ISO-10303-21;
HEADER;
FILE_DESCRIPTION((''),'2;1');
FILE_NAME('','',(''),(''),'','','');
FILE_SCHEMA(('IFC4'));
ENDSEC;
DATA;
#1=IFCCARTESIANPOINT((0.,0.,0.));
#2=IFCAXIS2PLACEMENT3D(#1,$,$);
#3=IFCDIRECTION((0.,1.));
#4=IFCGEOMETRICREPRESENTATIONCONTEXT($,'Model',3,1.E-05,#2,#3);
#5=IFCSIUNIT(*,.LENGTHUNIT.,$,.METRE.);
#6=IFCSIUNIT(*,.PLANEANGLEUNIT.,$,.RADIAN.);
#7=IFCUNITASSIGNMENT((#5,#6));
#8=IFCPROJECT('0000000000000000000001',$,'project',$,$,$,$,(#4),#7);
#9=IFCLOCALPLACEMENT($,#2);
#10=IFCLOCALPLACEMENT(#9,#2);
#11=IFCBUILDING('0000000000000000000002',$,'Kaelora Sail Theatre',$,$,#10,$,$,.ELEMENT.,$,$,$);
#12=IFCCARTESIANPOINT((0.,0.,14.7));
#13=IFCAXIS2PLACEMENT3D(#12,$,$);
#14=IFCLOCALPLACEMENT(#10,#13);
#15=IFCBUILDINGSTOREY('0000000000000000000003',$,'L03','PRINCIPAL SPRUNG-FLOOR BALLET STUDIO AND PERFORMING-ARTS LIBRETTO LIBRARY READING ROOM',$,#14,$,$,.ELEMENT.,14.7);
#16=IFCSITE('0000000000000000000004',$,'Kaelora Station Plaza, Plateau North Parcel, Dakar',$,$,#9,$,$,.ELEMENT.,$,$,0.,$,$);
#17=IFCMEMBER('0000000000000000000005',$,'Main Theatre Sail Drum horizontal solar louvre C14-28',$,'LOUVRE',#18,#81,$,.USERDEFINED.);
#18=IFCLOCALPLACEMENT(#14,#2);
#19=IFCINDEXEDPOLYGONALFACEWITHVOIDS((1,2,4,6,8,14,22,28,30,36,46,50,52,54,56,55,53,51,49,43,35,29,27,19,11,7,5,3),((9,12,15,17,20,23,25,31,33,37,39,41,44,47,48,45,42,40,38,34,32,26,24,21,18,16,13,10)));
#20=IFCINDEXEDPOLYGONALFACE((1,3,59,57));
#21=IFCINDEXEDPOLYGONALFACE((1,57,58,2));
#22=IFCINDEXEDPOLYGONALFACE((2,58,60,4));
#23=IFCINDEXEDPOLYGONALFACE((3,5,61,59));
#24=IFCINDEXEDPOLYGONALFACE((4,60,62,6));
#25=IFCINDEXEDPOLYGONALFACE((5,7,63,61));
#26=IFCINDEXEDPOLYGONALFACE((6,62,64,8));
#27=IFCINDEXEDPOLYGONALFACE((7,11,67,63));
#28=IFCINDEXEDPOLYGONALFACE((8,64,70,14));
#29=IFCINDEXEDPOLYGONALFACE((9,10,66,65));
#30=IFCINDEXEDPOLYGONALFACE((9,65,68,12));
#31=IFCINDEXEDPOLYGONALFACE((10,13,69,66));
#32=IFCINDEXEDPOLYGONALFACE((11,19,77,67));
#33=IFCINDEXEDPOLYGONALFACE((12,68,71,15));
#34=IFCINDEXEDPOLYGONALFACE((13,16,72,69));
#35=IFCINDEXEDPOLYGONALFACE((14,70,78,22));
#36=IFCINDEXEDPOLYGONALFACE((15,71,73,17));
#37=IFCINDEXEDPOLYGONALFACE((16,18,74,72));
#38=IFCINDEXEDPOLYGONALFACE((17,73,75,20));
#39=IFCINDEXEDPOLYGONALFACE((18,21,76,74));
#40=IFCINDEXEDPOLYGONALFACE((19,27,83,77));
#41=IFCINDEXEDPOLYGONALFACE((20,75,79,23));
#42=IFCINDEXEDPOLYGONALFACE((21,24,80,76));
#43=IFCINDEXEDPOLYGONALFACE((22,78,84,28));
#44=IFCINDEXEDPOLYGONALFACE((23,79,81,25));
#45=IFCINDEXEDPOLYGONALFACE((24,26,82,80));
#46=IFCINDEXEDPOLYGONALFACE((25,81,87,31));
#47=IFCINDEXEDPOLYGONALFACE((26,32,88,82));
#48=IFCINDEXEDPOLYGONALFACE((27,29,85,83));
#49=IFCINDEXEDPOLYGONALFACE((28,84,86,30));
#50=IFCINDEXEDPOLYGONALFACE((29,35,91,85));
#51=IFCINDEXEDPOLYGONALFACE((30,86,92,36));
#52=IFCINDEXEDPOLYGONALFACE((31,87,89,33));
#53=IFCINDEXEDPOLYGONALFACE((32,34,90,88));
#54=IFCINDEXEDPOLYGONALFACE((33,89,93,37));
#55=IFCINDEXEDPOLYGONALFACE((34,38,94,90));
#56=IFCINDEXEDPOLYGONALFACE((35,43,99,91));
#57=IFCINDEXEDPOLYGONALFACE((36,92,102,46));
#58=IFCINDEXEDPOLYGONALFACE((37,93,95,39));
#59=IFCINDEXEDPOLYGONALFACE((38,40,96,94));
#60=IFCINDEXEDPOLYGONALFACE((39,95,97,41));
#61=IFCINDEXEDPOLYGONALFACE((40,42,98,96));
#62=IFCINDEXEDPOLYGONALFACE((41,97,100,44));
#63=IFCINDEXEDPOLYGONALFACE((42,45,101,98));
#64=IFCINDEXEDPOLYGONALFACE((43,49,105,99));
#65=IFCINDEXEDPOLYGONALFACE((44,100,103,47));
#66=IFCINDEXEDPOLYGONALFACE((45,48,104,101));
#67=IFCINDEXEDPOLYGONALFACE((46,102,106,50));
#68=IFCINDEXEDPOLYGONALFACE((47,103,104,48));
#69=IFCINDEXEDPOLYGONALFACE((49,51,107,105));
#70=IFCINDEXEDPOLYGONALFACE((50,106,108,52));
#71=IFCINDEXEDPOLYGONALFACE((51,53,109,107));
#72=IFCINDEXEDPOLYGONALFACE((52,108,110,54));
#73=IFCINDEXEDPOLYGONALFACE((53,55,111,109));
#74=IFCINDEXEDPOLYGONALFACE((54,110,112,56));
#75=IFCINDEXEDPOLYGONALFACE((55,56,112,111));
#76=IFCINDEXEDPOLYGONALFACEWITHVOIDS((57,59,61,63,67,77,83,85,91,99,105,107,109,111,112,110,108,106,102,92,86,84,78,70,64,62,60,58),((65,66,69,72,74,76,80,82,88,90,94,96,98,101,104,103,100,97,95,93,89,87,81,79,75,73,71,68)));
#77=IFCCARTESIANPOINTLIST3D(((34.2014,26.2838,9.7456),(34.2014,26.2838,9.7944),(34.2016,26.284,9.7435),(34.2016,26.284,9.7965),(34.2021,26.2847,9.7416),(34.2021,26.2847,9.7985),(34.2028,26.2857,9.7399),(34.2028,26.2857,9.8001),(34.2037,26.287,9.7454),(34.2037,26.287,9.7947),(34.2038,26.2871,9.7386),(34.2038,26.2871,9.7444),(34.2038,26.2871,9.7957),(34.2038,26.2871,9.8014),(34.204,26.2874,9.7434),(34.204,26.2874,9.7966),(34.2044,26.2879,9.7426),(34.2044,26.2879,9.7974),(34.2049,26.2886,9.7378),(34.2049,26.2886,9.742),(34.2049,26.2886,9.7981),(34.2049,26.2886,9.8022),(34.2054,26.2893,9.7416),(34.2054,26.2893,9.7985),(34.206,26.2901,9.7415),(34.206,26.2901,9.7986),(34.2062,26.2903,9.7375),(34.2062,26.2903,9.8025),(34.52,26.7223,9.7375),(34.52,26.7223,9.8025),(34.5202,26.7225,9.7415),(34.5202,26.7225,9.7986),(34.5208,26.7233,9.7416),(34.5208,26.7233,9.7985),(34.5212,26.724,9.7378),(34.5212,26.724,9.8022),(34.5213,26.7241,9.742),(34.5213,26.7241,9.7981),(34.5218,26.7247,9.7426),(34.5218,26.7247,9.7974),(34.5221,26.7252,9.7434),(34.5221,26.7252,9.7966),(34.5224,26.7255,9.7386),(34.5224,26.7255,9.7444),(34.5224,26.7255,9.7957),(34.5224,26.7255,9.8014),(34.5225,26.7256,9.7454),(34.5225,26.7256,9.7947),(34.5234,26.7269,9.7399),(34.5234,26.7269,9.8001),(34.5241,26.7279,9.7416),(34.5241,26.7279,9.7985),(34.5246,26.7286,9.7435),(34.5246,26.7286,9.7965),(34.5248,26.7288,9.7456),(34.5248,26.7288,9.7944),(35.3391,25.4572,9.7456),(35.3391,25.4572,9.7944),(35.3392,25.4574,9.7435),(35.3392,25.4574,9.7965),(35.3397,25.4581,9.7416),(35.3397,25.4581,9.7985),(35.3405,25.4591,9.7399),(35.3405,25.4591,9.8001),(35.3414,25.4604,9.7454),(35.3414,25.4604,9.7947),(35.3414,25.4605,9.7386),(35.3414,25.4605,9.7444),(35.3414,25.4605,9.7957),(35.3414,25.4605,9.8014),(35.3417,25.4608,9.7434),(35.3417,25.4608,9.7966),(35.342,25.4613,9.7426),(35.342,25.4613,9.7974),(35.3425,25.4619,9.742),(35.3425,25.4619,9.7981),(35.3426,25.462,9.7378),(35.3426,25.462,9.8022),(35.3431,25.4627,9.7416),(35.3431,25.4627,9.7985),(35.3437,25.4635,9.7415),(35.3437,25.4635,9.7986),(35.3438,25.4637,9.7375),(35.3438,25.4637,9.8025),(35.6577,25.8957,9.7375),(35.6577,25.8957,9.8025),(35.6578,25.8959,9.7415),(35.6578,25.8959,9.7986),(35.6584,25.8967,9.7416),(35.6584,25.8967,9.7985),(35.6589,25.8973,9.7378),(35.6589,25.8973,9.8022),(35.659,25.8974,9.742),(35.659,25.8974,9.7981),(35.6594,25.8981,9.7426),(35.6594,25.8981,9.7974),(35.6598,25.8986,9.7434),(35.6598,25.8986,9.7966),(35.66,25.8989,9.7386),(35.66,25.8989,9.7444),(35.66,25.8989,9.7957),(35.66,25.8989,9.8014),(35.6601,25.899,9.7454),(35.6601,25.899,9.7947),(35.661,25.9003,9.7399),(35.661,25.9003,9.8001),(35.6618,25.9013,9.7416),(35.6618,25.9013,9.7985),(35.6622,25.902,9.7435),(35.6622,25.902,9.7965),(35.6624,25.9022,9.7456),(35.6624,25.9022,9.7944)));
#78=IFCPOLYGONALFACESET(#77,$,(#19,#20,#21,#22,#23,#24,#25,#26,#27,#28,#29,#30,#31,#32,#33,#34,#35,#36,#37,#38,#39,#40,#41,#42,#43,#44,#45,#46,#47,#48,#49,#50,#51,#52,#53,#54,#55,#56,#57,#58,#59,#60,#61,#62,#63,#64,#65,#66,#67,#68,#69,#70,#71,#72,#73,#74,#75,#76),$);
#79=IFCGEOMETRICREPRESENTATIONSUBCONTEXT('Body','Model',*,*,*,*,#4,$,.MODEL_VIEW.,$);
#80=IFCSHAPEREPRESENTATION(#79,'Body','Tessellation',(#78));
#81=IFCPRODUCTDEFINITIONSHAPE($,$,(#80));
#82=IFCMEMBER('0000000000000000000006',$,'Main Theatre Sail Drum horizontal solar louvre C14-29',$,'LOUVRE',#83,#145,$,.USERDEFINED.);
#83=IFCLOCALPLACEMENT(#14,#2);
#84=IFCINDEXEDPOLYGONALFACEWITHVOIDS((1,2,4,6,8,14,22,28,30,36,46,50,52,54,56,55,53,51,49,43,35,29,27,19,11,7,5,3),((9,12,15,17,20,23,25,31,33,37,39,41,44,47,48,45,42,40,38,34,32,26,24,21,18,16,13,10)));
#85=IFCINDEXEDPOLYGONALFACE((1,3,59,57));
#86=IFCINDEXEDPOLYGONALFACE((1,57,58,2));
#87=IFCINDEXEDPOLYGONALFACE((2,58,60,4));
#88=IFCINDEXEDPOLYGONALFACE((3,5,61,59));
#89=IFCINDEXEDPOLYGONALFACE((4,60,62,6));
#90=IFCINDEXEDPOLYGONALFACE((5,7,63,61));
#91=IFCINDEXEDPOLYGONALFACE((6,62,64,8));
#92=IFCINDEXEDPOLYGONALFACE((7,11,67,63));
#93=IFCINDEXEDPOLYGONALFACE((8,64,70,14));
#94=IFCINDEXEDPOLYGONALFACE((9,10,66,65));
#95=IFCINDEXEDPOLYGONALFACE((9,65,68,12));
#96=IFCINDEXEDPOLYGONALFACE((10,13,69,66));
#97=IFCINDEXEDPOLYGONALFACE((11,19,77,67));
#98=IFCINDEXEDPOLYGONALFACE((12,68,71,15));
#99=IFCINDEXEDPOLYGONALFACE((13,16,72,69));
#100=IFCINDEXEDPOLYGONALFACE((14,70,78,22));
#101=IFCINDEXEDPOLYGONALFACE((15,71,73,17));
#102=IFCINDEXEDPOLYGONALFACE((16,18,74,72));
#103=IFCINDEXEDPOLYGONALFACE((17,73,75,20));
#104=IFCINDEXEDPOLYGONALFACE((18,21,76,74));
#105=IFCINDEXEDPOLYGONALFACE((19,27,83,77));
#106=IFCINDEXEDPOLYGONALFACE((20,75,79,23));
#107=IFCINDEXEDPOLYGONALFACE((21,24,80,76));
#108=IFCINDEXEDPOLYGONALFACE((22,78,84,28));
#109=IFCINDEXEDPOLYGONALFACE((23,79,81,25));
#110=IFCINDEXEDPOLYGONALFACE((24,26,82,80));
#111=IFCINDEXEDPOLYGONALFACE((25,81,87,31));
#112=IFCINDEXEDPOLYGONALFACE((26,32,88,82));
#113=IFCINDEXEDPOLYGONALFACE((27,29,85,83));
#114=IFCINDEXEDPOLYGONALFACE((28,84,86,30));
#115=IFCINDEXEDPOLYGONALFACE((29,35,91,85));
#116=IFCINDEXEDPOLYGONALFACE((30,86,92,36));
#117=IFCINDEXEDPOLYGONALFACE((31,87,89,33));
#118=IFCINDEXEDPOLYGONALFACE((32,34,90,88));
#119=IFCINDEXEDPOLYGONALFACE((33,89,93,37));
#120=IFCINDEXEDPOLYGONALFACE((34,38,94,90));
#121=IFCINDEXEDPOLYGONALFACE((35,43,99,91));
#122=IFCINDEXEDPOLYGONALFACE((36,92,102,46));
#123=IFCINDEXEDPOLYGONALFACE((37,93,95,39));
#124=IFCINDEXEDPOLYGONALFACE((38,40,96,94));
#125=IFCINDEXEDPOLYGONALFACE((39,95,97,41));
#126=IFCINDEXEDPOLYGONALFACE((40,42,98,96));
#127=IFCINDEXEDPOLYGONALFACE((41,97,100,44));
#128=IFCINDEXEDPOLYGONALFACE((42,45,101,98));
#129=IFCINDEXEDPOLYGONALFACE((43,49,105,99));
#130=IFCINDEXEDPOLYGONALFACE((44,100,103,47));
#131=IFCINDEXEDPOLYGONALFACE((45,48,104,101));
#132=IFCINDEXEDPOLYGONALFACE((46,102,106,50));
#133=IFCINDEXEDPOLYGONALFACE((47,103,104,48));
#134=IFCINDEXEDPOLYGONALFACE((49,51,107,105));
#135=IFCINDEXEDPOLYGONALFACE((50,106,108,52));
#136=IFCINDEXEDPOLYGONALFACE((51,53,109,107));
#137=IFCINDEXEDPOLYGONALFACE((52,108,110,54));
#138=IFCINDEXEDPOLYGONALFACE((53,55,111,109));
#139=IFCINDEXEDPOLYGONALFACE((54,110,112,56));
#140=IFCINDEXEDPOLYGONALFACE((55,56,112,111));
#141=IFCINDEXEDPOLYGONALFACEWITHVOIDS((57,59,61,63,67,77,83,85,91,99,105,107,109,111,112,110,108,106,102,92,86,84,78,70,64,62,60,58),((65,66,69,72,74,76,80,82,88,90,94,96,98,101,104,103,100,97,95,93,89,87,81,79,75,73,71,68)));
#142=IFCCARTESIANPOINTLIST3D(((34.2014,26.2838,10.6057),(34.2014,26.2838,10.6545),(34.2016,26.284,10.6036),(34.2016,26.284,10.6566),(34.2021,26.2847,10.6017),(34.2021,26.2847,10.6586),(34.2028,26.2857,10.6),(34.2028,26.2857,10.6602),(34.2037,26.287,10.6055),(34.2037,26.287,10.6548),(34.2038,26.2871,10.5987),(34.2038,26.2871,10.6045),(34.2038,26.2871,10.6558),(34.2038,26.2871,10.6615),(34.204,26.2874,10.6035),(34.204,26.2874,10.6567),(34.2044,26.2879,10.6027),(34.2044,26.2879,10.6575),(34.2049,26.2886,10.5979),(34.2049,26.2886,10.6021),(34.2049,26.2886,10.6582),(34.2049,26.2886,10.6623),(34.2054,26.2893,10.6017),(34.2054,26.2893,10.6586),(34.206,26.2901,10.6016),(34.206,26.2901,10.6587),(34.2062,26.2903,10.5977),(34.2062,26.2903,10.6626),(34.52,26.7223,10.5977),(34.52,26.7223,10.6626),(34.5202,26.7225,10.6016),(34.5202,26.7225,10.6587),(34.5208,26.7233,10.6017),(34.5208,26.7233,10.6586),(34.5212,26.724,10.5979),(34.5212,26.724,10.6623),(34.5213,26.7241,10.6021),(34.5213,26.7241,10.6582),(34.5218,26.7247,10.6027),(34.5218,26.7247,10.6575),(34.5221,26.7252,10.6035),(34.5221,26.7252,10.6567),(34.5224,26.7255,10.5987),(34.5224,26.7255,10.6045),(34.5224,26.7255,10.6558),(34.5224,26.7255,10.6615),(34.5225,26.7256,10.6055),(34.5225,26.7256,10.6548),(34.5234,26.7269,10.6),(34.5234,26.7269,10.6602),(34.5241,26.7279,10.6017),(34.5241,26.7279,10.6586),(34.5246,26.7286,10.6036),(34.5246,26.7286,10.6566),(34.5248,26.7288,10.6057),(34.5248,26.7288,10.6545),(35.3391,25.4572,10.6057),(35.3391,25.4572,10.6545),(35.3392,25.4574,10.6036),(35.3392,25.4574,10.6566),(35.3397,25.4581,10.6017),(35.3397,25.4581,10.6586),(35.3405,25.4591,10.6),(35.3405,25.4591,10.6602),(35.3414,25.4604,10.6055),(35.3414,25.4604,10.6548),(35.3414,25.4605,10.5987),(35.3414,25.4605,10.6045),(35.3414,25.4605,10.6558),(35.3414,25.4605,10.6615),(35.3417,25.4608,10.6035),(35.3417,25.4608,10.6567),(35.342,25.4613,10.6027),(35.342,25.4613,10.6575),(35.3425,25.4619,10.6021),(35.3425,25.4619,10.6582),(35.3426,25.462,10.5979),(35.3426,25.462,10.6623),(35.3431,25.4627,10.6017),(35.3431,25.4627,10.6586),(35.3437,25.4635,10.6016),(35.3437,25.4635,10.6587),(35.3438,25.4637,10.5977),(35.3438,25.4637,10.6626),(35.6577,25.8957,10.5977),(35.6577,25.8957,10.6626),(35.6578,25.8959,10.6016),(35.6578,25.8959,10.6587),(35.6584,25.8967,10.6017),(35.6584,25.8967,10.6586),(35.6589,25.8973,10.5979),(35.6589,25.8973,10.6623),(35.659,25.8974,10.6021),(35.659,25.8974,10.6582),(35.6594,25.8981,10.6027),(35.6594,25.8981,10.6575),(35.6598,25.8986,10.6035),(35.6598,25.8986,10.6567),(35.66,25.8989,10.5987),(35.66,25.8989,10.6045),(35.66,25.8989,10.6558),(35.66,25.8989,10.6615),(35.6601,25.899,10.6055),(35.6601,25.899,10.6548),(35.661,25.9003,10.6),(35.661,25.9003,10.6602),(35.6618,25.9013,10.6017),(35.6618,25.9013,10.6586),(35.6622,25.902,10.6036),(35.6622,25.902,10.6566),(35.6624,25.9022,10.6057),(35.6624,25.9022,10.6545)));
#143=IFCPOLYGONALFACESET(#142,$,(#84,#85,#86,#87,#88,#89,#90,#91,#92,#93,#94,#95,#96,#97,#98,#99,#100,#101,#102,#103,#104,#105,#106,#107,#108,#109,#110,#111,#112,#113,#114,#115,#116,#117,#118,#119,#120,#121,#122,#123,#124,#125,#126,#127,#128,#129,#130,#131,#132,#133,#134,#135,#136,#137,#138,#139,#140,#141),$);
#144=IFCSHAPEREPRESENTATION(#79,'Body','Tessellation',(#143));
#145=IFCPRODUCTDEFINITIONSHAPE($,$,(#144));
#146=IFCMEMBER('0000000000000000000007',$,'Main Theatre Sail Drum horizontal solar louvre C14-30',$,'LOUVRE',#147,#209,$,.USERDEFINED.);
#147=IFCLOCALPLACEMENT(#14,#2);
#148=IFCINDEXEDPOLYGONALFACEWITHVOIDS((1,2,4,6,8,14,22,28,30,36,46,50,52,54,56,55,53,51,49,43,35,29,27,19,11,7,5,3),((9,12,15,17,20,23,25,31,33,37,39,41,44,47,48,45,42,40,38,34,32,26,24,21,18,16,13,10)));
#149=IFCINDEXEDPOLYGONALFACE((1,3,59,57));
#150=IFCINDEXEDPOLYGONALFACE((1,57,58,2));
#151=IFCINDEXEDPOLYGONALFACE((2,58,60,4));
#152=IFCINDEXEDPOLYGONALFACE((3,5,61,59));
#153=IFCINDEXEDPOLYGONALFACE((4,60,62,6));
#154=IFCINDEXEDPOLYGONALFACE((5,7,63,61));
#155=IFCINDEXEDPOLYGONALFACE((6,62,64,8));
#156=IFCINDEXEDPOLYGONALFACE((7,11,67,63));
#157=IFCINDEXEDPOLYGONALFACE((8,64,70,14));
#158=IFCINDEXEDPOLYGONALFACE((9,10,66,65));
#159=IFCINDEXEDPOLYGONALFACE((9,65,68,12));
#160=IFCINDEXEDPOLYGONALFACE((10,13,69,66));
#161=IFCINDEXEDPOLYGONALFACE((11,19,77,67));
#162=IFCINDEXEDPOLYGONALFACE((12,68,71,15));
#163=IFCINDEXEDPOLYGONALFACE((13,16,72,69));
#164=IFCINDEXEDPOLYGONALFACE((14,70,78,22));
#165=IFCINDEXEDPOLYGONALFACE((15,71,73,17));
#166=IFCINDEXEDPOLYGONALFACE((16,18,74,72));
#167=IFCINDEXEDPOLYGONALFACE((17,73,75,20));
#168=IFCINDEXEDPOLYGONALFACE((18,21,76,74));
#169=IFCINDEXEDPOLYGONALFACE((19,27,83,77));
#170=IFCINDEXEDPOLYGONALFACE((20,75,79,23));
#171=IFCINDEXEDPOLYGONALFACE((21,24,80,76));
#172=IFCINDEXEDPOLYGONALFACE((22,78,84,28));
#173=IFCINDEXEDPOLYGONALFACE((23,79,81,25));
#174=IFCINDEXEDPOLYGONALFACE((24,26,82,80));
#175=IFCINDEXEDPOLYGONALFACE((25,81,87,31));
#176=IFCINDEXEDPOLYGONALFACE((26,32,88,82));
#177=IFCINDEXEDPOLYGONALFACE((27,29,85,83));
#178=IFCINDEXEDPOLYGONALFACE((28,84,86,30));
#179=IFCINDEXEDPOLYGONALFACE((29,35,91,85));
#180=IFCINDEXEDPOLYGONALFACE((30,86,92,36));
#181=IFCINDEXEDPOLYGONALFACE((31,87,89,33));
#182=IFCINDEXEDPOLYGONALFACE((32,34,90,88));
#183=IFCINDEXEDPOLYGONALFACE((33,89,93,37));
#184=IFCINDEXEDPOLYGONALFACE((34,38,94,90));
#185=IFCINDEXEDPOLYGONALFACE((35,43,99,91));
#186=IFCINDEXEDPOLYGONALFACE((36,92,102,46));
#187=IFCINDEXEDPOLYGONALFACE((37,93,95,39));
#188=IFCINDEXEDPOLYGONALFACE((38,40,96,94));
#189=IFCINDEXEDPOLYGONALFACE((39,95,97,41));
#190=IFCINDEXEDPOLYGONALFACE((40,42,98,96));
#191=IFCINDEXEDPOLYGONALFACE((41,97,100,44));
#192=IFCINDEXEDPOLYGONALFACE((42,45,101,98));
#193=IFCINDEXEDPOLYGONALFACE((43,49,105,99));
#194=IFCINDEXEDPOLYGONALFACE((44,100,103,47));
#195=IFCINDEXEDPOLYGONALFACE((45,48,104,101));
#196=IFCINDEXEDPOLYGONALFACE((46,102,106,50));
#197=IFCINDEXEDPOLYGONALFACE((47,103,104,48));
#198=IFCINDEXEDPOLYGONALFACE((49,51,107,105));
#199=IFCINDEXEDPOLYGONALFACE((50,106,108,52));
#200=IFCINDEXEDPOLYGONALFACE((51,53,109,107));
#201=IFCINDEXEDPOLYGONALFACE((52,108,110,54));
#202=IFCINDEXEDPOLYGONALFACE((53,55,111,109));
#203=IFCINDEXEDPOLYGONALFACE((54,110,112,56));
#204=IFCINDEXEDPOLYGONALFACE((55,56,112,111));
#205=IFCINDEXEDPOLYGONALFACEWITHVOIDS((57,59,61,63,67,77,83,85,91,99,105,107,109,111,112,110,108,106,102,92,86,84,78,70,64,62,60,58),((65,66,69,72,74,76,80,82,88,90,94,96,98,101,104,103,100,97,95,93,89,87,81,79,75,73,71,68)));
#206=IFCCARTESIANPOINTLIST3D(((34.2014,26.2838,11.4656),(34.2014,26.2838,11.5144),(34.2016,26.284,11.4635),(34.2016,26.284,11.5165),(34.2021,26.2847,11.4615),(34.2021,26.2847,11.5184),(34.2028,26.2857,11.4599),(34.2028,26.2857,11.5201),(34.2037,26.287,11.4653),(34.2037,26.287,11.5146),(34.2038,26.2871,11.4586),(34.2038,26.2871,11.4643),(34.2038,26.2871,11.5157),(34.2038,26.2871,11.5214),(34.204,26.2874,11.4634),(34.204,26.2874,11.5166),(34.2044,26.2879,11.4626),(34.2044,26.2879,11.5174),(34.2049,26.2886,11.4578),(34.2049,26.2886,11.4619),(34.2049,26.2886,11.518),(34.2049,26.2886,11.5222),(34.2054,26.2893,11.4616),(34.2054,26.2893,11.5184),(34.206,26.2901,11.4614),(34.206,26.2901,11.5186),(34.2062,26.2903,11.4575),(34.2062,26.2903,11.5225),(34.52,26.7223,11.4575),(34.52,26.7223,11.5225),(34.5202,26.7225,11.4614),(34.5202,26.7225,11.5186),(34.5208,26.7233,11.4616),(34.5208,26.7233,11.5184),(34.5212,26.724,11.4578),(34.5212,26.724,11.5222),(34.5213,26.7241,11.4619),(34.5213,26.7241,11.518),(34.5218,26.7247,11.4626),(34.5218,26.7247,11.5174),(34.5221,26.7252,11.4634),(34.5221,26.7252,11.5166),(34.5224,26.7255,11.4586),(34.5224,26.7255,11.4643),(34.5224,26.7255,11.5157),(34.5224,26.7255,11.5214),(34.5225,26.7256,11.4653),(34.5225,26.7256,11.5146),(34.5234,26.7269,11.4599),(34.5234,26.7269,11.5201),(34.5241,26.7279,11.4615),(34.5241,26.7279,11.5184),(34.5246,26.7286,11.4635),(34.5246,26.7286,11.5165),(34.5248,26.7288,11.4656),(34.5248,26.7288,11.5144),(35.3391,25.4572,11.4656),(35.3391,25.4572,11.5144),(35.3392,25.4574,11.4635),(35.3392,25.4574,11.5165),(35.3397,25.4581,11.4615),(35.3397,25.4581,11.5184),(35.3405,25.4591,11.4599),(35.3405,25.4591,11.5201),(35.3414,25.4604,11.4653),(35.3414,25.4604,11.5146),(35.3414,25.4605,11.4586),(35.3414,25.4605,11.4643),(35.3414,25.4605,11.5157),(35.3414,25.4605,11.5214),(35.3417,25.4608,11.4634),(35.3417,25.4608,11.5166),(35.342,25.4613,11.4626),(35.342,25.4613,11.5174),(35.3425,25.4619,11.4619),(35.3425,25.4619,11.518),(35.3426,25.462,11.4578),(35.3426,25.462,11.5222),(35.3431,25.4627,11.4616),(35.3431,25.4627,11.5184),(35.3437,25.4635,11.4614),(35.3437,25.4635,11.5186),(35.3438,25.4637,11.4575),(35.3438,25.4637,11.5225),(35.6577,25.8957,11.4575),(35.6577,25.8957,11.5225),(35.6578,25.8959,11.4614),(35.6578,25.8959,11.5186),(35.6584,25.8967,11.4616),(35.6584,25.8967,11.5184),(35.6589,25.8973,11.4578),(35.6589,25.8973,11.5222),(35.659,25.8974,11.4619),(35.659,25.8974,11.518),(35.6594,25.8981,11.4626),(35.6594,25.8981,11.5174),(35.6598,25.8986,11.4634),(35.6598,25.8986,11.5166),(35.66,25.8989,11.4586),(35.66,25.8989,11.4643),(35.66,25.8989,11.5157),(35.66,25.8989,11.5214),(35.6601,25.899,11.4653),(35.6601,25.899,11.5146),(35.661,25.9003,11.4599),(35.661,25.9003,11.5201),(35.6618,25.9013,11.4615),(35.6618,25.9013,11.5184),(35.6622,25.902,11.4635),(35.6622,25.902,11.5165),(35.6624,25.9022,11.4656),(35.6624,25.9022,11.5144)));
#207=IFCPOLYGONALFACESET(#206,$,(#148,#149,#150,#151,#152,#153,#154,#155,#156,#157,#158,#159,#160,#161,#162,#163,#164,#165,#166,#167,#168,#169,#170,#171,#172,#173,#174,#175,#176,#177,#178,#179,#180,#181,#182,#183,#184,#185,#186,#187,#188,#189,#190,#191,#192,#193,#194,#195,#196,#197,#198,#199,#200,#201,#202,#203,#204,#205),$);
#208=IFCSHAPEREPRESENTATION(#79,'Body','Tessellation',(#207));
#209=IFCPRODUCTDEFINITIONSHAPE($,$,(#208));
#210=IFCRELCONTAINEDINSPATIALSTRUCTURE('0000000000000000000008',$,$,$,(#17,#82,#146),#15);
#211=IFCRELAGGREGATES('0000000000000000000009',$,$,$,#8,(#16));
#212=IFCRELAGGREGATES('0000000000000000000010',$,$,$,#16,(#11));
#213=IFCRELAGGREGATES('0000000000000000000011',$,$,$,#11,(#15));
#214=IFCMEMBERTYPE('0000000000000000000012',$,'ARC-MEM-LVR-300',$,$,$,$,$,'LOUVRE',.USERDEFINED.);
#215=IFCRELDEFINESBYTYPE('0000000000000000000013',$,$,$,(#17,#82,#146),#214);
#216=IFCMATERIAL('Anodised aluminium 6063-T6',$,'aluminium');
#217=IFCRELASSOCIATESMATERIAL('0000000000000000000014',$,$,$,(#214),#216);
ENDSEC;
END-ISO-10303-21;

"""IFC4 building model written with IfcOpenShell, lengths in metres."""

from ifc_helpers import new_model, si_unit, direction, frame, origin, origin_2d, place, context, subcontext, project, spatial, hollow_rectangle, extrude, material, material_profile, profile_set, type_object, element, save


model = new_model("IFC4")

# Units and contexts
model_context = context("Model", 3, precision=1e-05, world=origin(), true_north=direction((0.0, 1.0)))
body_context = subcontext(model_context, "Body", "Model", "MODEL_VIEW")
ifc_project = project(units=[si_unit("LENGTHUNIT", "METRE"), si_unit("PLANEANGLEUNIT", "RADIAN")], contexts=[model_context])

# Site, building, storey
site_placement = place(None, origin())
site = spatial("IfcSite", under=ifc_project, at=site_placement, Name="Kaelora Station Plaza, Plateau North Parcel, Dakar", CompositionType="ELEMENT", RefElevation=0.0)
building_placement = place(site_placement, origin())
building = spatial("IfcBuilding", under=site, at=building_placement, Name="Kaelora Sail Theatre", CompositionType="ELEMENT")
storey_placement = place(building_placement, frame((0.0, 0.0, 14.7)))
storey = spatial("IfcBuildingStorey", under=building, at=storey_placement, Name="L03", Description="PRINCIPAL SPRUNG-FLOOR BALLET STUDIO AND PERFORMING-ARTS LIBRETTO LIBRARY READING ROOM", CompositionType="ELEMENT", Elevation=14.7)

# Members
ifc_material = material(Name="Anodised aluminium 6063-T6", Category="aluminium")
ifc_material_profile = material_profile(ifc_material, hollow_rectangle(XDim=0.55, YDim=0.0649, WallThickness=0.0039, InnerFilletRadius=0.0039, OuterFilletRadius=0.0081, at=origin_2d()), Name="LOUVRE 550x65x4")
ifc_profile_set = profile_set([ifc_material_profile], Name="Anodised aluminium 6063-T6")
member_type = type_object("IfcMemberType", Name="ARC-MEM-LVR-300", ElementType="LOUVRE", PredefinedType="USERDEFINED", material=ifc_profile_set)
for number, where, z_axis, x_axis, name in (
    (1, (35.5007, 25.6797, 9.77), (-0.808991, 0.587821, 0.0), (-0.587821, -0.808991, 0.0), "Main Theatre Sail Drum horizontal solar louvre C14-28"),
    (2, (35.5007, 25.6797, 10.6301), (-0.808991, 0.587821, 0.0), (-0.587821, -0.808991, 0.0), "Main Theatre Sail Drum horizontal solar louvre C14-29"),
    (3, (35.5007, 25.6797, 11.49), (-0.808991, 0.587821, 0.0), (-0.587821, -0.808991, 0.0), "Main Theatre Sail Drum horizontal solar louvre C14-30"),
):
    element("IfcMember", number, at=place(storey_placement, frame(where, z_axis=z_axis, x_axis=x_axis)), inside=storey, type_object=member_type, Name=name, ObjectType="LOUVRE", PredefinedType="USERDEFINED", context=body_context, shape_type="SweptSolid", body=[
        extrude(hollow_rectangle(XDim=0.55, YDim=0.0649, WallThickness=0.0039, InnerFilletRadius=0.0039, OuterFilletRadius=0.0081, at=origin_2d()), origin(), (0.0, 0.0, 1.0), 1.4062),
    ])

save(model, "model.ifc")
